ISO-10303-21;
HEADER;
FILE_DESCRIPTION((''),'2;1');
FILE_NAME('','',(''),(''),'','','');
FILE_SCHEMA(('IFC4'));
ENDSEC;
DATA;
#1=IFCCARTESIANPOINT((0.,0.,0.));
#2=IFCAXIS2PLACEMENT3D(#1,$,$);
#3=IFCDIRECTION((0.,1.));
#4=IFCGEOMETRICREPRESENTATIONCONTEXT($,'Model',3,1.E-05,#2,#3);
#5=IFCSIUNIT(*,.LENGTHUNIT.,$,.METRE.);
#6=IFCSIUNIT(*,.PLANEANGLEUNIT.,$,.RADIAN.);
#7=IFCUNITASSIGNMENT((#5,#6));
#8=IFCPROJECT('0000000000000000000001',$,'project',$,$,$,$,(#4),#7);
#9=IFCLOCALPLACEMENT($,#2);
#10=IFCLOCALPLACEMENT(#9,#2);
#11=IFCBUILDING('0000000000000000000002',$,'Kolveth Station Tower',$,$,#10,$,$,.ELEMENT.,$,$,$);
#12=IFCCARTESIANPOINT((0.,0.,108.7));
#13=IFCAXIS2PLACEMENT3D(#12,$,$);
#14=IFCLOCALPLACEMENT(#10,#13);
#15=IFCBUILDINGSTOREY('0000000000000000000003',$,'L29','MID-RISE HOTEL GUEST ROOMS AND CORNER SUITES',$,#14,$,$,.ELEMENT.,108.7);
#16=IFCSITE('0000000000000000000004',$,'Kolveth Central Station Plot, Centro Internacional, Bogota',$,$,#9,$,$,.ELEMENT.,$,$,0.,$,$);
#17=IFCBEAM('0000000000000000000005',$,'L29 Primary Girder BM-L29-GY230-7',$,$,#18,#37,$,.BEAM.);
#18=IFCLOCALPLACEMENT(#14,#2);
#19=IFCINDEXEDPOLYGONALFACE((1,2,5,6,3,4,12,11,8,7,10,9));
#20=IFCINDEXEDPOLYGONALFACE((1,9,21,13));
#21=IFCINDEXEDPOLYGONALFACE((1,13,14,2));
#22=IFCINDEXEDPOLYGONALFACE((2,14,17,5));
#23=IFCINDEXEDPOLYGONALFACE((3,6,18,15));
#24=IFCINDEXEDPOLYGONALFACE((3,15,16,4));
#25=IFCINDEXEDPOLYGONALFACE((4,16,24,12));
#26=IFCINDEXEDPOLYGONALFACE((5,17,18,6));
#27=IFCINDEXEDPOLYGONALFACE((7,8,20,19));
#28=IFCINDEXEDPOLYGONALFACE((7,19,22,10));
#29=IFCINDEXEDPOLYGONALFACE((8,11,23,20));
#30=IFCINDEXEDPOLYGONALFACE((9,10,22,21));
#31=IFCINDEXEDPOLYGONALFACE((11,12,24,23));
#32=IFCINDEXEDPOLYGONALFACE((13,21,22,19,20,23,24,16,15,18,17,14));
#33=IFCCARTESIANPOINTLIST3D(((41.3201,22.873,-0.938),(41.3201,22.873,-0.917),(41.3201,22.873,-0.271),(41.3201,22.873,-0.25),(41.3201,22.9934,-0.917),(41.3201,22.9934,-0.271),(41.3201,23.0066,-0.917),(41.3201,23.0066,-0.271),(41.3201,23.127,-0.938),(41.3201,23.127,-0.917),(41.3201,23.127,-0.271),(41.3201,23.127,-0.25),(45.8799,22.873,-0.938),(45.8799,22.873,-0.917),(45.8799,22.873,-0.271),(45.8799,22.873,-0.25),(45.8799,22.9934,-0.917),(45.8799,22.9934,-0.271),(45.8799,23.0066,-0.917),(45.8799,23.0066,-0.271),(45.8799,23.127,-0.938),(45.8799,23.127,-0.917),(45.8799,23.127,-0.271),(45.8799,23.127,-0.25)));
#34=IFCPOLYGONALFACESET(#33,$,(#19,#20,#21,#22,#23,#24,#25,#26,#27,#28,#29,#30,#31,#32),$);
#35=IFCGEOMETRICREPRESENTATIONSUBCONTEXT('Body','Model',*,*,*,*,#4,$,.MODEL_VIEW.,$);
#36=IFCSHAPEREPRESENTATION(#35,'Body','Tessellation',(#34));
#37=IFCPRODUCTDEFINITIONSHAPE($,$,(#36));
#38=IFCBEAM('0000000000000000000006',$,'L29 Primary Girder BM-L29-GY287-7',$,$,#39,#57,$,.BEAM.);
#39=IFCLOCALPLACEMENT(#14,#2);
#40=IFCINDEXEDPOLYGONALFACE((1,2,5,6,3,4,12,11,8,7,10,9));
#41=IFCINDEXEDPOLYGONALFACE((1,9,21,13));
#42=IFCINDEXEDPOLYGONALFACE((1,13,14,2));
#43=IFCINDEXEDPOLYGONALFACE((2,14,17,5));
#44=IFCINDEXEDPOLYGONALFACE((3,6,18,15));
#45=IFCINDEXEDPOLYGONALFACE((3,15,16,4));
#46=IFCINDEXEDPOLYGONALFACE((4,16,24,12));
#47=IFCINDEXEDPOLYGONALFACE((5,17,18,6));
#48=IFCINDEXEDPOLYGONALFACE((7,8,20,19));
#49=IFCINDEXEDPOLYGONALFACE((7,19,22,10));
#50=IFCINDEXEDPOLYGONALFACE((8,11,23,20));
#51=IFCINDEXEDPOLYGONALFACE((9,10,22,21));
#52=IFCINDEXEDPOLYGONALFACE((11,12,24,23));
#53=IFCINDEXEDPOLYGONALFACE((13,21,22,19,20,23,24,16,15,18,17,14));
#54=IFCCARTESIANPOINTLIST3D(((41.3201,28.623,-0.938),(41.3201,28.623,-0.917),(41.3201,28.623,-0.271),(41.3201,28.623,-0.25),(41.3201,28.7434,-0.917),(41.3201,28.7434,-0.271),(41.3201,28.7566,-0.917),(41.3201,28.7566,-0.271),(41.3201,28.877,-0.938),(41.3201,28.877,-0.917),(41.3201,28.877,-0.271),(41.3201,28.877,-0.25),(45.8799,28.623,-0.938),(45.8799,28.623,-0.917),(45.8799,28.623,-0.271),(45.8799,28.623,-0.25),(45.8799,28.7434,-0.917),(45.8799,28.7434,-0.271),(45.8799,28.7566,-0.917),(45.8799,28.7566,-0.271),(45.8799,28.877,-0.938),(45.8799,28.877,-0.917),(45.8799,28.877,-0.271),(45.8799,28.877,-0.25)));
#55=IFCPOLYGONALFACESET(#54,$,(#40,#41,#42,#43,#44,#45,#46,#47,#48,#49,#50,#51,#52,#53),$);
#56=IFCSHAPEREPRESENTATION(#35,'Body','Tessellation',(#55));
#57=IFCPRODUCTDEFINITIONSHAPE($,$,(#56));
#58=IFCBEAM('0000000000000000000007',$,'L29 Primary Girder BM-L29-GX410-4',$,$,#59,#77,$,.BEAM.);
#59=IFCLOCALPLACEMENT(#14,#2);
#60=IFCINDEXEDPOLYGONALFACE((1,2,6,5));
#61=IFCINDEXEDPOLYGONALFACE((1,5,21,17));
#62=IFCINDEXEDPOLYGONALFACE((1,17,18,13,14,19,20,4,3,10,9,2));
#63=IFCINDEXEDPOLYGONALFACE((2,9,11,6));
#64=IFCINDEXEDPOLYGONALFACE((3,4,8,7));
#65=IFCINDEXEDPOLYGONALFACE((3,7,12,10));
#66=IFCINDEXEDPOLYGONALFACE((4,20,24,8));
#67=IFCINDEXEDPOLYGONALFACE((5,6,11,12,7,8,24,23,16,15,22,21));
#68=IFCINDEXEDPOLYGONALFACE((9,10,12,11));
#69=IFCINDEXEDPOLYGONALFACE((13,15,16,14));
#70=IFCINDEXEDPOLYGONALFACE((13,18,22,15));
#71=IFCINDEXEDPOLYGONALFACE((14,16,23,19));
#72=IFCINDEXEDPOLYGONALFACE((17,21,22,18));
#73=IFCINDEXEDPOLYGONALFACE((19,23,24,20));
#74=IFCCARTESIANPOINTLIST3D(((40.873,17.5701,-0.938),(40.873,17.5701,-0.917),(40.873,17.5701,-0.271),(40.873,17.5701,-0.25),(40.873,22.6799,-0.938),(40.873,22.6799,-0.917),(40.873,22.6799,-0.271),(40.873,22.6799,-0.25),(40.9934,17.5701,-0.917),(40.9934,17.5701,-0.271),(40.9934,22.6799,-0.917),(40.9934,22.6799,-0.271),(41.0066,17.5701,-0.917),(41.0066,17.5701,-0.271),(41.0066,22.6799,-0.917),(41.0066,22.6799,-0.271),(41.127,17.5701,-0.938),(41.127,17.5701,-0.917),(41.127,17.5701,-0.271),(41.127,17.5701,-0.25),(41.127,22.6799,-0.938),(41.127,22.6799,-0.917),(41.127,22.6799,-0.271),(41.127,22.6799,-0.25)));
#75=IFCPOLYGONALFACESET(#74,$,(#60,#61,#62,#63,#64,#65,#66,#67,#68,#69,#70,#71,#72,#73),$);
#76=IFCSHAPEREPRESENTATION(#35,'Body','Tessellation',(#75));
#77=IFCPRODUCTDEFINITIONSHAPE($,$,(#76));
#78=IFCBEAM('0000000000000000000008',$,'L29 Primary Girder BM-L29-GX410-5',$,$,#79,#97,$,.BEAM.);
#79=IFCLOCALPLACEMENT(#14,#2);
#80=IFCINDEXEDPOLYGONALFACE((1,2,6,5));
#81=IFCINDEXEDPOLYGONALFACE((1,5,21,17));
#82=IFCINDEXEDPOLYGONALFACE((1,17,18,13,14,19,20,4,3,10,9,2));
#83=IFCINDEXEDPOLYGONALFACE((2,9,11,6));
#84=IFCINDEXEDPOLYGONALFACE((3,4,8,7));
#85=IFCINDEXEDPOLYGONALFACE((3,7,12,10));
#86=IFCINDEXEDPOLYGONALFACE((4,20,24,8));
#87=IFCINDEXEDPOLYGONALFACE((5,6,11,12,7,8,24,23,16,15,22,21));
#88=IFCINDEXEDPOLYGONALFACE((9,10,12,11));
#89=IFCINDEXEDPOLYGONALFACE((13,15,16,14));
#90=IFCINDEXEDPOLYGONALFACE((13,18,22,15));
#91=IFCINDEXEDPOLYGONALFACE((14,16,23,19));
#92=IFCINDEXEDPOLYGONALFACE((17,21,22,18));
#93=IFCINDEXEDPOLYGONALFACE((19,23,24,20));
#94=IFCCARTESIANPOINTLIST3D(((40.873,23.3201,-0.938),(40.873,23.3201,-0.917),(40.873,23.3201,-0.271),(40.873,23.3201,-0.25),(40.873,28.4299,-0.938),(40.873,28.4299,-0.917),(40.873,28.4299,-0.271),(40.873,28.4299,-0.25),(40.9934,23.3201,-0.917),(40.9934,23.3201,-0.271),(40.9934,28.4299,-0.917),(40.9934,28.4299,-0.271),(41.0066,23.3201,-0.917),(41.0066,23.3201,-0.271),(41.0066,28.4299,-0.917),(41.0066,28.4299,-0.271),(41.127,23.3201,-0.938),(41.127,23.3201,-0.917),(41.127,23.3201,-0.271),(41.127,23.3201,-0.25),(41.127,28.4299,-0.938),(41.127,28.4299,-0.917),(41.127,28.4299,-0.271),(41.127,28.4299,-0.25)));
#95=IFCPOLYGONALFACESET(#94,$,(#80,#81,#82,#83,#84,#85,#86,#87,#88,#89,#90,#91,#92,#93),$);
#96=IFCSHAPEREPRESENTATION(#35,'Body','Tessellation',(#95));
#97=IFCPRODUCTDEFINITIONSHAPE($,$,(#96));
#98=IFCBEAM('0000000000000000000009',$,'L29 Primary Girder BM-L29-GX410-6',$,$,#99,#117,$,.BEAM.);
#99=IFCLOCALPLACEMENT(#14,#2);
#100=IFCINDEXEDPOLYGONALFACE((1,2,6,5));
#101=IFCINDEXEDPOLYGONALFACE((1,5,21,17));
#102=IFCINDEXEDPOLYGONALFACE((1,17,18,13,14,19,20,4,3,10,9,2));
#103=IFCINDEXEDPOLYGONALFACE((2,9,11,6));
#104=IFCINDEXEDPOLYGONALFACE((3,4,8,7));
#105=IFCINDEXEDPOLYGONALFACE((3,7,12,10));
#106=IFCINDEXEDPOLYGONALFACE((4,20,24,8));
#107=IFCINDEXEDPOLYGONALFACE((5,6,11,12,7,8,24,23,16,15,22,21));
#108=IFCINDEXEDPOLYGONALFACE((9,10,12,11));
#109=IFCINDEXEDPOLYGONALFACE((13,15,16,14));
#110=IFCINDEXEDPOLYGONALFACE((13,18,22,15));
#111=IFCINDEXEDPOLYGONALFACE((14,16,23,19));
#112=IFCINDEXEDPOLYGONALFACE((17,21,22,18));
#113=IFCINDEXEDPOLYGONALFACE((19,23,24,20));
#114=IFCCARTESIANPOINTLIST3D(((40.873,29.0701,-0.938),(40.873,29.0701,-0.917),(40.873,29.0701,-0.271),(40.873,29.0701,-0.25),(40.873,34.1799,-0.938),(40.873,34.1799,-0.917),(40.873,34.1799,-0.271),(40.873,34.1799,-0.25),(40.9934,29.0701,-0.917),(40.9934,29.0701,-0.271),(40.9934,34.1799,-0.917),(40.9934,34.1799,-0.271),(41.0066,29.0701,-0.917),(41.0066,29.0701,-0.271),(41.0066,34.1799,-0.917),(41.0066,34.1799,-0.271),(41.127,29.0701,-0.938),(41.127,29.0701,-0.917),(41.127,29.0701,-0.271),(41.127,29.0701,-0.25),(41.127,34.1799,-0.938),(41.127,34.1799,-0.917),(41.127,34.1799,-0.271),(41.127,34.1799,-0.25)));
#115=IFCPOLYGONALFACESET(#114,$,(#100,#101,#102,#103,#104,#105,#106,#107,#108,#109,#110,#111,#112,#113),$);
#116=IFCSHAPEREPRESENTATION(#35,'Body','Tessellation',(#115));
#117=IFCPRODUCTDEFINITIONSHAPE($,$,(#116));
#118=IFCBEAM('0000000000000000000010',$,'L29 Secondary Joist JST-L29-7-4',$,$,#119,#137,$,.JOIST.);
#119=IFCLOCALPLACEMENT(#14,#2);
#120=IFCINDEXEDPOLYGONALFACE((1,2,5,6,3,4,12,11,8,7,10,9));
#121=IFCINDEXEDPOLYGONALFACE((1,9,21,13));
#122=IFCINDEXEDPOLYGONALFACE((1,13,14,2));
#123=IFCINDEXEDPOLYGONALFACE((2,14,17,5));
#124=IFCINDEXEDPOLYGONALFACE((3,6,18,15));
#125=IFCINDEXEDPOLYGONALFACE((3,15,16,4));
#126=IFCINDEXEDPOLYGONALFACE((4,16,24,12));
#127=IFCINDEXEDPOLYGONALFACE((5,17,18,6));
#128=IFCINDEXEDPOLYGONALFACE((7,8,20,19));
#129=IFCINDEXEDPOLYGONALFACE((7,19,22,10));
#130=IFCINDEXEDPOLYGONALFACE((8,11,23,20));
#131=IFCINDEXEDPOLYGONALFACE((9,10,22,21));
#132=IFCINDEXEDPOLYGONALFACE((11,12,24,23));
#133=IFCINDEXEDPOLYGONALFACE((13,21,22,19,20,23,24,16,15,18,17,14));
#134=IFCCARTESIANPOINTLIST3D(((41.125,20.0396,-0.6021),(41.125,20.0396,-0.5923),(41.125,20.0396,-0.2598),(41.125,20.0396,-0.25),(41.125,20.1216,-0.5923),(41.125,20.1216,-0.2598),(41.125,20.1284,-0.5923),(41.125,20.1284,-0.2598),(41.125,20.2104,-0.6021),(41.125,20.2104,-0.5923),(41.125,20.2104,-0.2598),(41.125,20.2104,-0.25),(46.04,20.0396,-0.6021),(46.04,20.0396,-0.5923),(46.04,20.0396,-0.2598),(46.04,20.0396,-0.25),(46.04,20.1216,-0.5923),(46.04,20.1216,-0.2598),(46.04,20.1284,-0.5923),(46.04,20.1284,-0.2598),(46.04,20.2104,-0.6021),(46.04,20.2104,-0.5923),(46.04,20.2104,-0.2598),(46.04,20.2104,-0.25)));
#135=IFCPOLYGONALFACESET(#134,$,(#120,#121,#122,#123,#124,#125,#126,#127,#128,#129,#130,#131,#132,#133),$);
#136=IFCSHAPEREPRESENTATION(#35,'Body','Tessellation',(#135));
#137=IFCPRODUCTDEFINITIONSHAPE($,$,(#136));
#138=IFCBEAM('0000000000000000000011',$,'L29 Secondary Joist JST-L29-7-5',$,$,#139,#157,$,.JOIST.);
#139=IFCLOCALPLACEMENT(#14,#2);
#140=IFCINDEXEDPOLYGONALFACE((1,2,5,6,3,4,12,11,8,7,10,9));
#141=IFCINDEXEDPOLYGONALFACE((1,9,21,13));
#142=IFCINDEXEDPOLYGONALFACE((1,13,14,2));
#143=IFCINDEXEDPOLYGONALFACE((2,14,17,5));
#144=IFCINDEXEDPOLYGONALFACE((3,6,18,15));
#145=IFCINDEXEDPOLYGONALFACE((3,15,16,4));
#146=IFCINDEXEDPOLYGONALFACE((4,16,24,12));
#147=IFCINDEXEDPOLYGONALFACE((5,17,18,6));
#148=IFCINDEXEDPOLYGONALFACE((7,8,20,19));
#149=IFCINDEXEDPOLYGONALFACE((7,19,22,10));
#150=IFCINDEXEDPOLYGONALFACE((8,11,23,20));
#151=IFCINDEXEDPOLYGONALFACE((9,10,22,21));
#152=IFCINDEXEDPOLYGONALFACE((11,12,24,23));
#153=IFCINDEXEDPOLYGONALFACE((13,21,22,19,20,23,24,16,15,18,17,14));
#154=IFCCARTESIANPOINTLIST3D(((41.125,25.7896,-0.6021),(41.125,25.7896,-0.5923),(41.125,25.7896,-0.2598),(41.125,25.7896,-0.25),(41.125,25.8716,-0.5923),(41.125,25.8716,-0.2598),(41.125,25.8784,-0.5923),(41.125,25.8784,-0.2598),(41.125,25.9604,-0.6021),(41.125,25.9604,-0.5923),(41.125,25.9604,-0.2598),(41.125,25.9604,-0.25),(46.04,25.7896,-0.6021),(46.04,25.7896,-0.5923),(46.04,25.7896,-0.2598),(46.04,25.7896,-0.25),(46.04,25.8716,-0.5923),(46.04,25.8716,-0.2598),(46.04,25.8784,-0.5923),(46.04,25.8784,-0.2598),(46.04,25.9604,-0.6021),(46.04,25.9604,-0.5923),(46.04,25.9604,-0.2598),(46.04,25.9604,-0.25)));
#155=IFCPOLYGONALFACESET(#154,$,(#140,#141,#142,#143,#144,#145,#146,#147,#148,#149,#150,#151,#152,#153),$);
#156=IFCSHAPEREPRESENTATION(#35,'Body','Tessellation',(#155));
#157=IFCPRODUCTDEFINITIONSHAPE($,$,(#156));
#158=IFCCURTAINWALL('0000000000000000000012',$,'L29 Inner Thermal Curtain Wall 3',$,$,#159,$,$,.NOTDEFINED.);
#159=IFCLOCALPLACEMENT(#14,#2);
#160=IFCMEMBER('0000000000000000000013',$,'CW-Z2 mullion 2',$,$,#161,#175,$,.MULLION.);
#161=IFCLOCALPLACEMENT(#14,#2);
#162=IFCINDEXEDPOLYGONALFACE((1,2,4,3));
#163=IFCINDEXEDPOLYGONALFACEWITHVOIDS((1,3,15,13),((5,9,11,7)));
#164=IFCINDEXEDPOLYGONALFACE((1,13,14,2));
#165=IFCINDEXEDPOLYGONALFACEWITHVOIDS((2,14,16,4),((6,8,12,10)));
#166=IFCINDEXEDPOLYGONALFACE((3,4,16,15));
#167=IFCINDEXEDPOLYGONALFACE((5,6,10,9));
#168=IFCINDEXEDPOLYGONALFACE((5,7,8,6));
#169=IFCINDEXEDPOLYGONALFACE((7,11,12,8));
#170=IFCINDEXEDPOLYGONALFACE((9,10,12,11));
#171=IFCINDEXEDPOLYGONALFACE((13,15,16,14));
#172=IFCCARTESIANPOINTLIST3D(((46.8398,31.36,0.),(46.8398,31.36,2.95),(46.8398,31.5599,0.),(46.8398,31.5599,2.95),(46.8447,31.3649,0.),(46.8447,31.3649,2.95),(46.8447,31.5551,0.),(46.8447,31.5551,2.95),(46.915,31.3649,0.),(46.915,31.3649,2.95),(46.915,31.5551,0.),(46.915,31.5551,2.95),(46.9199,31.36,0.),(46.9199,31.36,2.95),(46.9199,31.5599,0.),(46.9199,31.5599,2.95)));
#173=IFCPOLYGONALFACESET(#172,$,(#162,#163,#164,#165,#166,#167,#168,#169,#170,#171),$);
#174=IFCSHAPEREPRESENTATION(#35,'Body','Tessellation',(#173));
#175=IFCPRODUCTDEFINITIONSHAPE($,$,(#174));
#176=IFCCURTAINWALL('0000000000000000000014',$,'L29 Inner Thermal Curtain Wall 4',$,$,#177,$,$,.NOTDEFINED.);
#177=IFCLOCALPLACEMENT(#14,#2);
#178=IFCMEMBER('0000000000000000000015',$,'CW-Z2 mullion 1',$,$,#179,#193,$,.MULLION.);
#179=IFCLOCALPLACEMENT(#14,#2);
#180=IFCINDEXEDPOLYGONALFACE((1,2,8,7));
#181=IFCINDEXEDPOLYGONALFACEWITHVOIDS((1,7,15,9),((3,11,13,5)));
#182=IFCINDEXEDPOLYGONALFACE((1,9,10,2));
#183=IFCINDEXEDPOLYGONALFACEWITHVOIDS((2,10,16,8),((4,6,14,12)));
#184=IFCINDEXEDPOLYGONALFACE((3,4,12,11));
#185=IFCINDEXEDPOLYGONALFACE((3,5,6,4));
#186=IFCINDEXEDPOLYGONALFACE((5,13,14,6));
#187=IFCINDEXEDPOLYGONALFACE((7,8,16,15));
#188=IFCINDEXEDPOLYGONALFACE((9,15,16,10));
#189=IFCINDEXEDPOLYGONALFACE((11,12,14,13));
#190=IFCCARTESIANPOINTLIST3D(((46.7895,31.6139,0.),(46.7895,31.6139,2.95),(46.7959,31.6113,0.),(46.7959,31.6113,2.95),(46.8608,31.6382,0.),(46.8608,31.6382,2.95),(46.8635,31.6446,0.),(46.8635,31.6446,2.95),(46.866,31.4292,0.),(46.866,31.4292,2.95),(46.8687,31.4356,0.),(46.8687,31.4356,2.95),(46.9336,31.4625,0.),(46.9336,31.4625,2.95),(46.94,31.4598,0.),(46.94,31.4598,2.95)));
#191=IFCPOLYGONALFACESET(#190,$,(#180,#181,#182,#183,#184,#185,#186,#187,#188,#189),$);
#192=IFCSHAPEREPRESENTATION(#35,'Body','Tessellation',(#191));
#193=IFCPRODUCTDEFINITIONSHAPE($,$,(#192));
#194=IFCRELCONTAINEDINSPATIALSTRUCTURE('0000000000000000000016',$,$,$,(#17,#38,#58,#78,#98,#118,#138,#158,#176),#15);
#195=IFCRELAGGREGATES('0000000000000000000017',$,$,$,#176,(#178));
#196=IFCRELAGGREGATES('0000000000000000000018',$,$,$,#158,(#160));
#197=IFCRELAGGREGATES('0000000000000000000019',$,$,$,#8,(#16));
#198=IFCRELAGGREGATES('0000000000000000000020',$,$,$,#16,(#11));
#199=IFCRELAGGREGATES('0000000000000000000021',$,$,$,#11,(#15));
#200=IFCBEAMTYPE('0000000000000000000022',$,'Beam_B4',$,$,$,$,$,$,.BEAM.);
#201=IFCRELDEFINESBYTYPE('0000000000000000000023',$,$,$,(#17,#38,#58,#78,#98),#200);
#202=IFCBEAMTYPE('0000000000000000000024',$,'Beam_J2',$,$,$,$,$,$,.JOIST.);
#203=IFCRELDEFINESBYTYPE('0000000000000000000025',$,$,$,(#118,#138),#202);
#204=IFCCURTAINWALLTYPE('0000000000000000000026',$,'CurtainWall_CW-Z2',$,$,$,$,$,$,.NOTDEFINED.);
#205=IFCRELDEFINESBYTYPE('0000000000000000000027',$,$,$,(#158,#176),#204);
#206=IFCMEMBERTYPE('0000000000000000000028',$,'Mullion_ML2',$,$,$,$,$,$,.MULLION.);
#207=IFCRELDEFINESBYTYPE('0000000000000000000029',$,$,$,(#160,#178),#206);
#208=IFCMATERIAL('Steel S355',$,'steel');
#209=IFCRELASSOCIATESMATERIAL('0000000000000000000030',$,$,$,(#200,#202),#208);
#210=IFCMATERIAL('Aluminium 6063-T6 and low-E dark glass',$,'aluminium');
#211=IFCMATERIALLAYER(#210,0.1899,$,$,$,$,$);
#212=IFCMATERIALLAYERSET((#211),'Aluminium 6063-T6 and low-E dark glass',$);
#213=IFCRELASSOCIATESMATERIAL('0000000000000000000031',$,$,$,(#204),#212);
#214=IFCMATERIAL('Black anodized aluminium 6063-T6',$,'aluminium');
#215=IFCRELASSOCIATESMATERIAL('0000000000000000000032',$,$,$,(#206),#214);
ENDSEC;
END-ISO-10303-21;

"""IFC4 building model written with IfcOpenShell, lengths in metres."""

from ifc_helpers import new_model, si_unit, direction, frame, origin, origin_2d, place, context, subcontext, project, spatial, hollow_rectangle, i_section, extrude, source, transform, mapped, material, layer, layer_set, material_profile, profile_set, type_object, element, aggregate, save


model = new_model("IFC4")

# Units and contexts
model_context = context("Model", 3, precision=1e-05, world=origin(), true_north=direction((0.0, 1.0)))
body_context = subcontext(model_context, "Body", "Model", "MODEL_VIEW")
ifc_project = project(units=[si_unit("LENGTHUNIT", "METRE"), si_unit("PLANEANGLEUNIT", "RADIAN")], contexts=[model_context])

# Site, building, storey
site_placement = place(None, origin())
site = spatial("IfcSite", under=ifc_project, at=site_placement, Name="Kolveth Central Station Plot, Centro Internacional, Bogota", CompositionType="ELEMENT", RefElevation=0.0)
building_placement = place(site_placement, origin())
building = spatial("IfcBuilding", under=site, at=building_placement, Name="Kolveth Station Tower", CompositionType="ELEMENT")
storey_placement = place(building_placement, frame((0.0, 0.0, 108.7)))
storey = spatial("IfcBuildingStorey", under=building, at=storey_placement, Name="L29", Description="MID-RISE HOTEL GUEST ROOMS AND CORNER SUITES", CompositionType="ELEMENT", Elevation=108.7)

# Beams
ifc_material_1 = material(Name="Steel S355", Category="steel")
ifc_material_profile_1 = material_profile(ifc_material_1, i_section(OverallWidth=0.2539, OverallDepth=0.688, WebThickness=0.0132, FlangeThickness=0.021, at=origin_2d()), Name="W690x152")
ifc_profile_set_1 = profile_set([ifc_material_profile_1], Name="Steel S355")
beam_type_1 = type_object("IfcBeamType", Name="Beam_B4", PredefinedType="BEAM", material=ifc_profile_set_1)
shared_shape_1 = source(origin(), body_context, "Body", "SweptSolid", [
    extrude(i_section(OverallWidth=0.2539, OverallDepth=0.688, WebThickness=0.0132, FlangeThickness=0.021, at=origin_2d()), origin(), (0.0, 0.0, 1.0), 4.5598),
])
for number, where, z_axis, x_axis, name in (
    (1, (41.3201, 23.0, -0.594), (1.0, 0.0, 0.0), (0.0, 1.0, 0.0), "L29 Primary Girder BM-L29-GY230-7"),
    (2, (41.3201, 28.75, -0.594), (1.0, 0.0, 0.0), (0.0, 1.0, 0.0), "L29 Primary Girder BM-L29-GY287-7"),
):
    element("IfcBeam", number, at=place(storey_placement, frame(where, z_axis=z_axis, x_axis=x_axis)), inside=storey, type_object=beam_type_1, Name=name, PredefinedType="BEAM", context=body_context, shape_type="MappedRepresentation", body=[
        mapped(shared_shape_1, transform((0.0, 0.0, 0.0), x_axis=(1.0, 0.0, 0.0), y_axis=(0.0, 1.0, 0.0), z_axis=(0.0, 0.0, 1.0), scale=1.0)),
    ])
shared_shape_2 = source(origin(), body_context, "Body", "SweptSolid", [
    extrude(i_section(OverallWidth=0.2539, OverallDepth=0.688, WebThickness=0.0132, FlangeThickness=0.021, at=origin_2d()), origin(), (0.0, 0.0, 1.0), 5.1099),
])
for number, where, z_axis, x_axis, name in (
    (3, (41.0, 17.5701, -0.594), (0.0, 1.0, 0.0), (-1.0, 0.0, 0.0), "L29 Primary Girder BM-L29-GX410-4"),
    (4, (41.0, 23.3201, -0.594), (0.0, 1.0, 0.0), (-1.0, 0.0, 0.0), "L29 Primary Girder BM-L29-GX410-5"),
    (5, (41.0, 29.0701, -0.594), (0.0, 1.0, 0.0), (-1.0, 0.0, 0.0), "L29 Primary Girder BM-L29-GX410-6"),
):
    element("IfcBeam", number, at=place(storey_placement, frame(where, z_axis=z_axis, x_axis=x_axis)), inside=storey, type_object=beam_type_1, Name=name, PredefinedType="BEAM", context=body_context, shape_type="MappedRepresentation", body=[
        mapped(shared_shape_2, transform((0.0, 0.0, 0.0), x_axis=(1.0, 0.0, 0.0), y_axis=(0.0, 1.0, 0.0), z_axis=(0.0, 0.0, 1.0), scale=1.0)),
    ])
ifc_material_profile_2 = material_profile(ifc_material_1, i_section(OverallWidth=0.1709, OverallDepth=0.3521, WebThickness=0.0068, FlangeThickness=0.0098, at=origin_2d()), Name="W360x44")
ifc_profile_set_2 = profile_set([ifc_material_profile_2], Name="Steel S355")
beam_type_2 = type_object("IfcBeamType", Name="Beam_J2", PredefinedType="JOIST", material=ifc_profile_set_2)
shared_shape_3 = source(origin(), body_context, "Body", "SweptSolid", [
    extrude(i_section(OverallWidth=0.1709, OverallDepth=0.3521, WebThickness=0.0068, FlangeThickness=0.0098, at=origin_2d()), origin(), (0.0, 0.0, 1.0), 4.915),
])
for number, where, z_axis, x_axis, name in (
    (6, (41.125, 20.125, -0.426), (1.0, 0.0, 0.0), (0.0, 1.0, 0.0), "L29 Secondary Joist JST-L29-7-4"),
    (7, (41.125, 25.875, -0.426), (1.0, 0.0, 0.0), (0.0, 1.0, 0.0), "L29 Secondary Joist JST-L29-7-5"),
):
    element("IfcBeam", number, at=place(storey_placement, frame(where, z_axis=z_axis, x_axis=x_axis)), inside=storey, type_object=beam_type_2, Name=name, PredefinedType="JOIST", context=body_context, shape_type="MappedRepresentation", body=[
        mapped(shared_shape_3, transform((0.0, 0.0, 0.0), x_axis=(1.0, 0.0, 0.0), y_axis=(0.0, 1.0, 0.0), z_axis=(0.0, 0.0, 1.0), scale=1.0)),
    ])

# Curtain wall, member
ifc_material_2 = material(Name="Aluminium 6063-T6 and low-E dark glass", Category="aluminium")
ifc_layer_1 = layer(ifc_material_2, 0.1899)
ifc_layer_set_1 = layer_set([ifc_layer_1], Name="Aluminium 6063-T6 and low-E dark glass")
curtain_wall_type = type_object("IfcCurtainWallType", Name="CurtainWall_CW-Z2", PredefinedType="NOTDEFINED", material=ifc_layer_set_1)
curtain_wall_1_placement = place(storey_placement, origin())
curtain_wall_1 = element("IfcCurtainWall", 8, at=curtain_wall_1_placement, inside=storey, type_object=curtain_wall_type, Name="L29 Inner Thermal Curtain Wall 3", PredefinedType="NOTDEFINED")
ifc_material_3 = material(Name="Black anodized aluminium 6063-T6", Category="aluminium")
ifc_material_profile_3 = material_profile(ifc_material_3, hollow_rectangle(XDim=0.0801, YDim=0.2, WallThickness=0.0049, at=origin_2d()), Name="ALU-80x200x5")
ifc_profile_set_3 = profile_set([ifc_material_profile_3], Name="Black anodized aluminium 6063-T6")
member_type_1 = type_object("IfcMemberType", Name="Mullion_ML2", PredefinedType="MULLION", material=ifc_profile_set_3)
shared_shape_4 = source(origin(), body_context, "Body", "SweptSolid", [
    extrude(hollow_rectangle(XDim=0.0801, YDim=0.2, WallThickness=0.0049, at=origin_2d()), origin(), (0.0, 0.0, 1.0), 2.95),
])
member_1_placement = place(storey_placement, frame((46.8799, 31.46, 0.0), z_axis=(0.0, 0.0, 1.0), x_axis=(-1.0, 0.0, 0.0)))
member_1 = element("IfcMember", 9, at=member_1_placement, type_object=member_type_1, Name="CW-Z2 mullion 2", PredefinedType="MULLION", context=body_context, shape_type="MappedRepresentation", body=[
    mapped(shared_shape_4, transform((0.0, 0.0, 0.0), x_axis=(1.0, 0.0, 0.0), y_axis=(0.0, 1.0, 0.0), z_axis=(0.0, 0.0, 1.0), scale=1.0)),
])

# Curtain wall, member
curtain_wall_2_placement = place(storey_placement, origin())
curtain_wall_2 = element("IfcCurtainWall", 10, at=curtain_wall_2_placement, inside=storey, type_object=curtain_wall_type, Name="L29 Inner Thermal Curtain Wall 4", PredefinedType="NOTDEFINED")
member_2_placement = place(storey_placement, frame((46.8647, 31.5369, 0.0), z_axis=(0.0, 0.0, 1.0), x_axis=(-0.923888, -0.382663, 0.0)))
member_2 = element("IfcMember", 11, at=member_2_placement, type_object=member_type_1, Name="CW-Z2 mullion 1", PredefinedType="MULLION", context=body_context, shape_type="MappedRepresentation", body=[
    mapped(shared_shape_4, transform((0.0, 0.0, 0.0), x_axis=(1.0, 0.0, 0.0), y_axis=(0.0, 1.0, 0.0), z_axis=(0.0, 0.0, 1.0), scale=1.0)),
])
aggregate(curtain_wall_2, [member_2])

aggregate(curtain_wall_1, [member_1])

save(model, "model.ifc")
